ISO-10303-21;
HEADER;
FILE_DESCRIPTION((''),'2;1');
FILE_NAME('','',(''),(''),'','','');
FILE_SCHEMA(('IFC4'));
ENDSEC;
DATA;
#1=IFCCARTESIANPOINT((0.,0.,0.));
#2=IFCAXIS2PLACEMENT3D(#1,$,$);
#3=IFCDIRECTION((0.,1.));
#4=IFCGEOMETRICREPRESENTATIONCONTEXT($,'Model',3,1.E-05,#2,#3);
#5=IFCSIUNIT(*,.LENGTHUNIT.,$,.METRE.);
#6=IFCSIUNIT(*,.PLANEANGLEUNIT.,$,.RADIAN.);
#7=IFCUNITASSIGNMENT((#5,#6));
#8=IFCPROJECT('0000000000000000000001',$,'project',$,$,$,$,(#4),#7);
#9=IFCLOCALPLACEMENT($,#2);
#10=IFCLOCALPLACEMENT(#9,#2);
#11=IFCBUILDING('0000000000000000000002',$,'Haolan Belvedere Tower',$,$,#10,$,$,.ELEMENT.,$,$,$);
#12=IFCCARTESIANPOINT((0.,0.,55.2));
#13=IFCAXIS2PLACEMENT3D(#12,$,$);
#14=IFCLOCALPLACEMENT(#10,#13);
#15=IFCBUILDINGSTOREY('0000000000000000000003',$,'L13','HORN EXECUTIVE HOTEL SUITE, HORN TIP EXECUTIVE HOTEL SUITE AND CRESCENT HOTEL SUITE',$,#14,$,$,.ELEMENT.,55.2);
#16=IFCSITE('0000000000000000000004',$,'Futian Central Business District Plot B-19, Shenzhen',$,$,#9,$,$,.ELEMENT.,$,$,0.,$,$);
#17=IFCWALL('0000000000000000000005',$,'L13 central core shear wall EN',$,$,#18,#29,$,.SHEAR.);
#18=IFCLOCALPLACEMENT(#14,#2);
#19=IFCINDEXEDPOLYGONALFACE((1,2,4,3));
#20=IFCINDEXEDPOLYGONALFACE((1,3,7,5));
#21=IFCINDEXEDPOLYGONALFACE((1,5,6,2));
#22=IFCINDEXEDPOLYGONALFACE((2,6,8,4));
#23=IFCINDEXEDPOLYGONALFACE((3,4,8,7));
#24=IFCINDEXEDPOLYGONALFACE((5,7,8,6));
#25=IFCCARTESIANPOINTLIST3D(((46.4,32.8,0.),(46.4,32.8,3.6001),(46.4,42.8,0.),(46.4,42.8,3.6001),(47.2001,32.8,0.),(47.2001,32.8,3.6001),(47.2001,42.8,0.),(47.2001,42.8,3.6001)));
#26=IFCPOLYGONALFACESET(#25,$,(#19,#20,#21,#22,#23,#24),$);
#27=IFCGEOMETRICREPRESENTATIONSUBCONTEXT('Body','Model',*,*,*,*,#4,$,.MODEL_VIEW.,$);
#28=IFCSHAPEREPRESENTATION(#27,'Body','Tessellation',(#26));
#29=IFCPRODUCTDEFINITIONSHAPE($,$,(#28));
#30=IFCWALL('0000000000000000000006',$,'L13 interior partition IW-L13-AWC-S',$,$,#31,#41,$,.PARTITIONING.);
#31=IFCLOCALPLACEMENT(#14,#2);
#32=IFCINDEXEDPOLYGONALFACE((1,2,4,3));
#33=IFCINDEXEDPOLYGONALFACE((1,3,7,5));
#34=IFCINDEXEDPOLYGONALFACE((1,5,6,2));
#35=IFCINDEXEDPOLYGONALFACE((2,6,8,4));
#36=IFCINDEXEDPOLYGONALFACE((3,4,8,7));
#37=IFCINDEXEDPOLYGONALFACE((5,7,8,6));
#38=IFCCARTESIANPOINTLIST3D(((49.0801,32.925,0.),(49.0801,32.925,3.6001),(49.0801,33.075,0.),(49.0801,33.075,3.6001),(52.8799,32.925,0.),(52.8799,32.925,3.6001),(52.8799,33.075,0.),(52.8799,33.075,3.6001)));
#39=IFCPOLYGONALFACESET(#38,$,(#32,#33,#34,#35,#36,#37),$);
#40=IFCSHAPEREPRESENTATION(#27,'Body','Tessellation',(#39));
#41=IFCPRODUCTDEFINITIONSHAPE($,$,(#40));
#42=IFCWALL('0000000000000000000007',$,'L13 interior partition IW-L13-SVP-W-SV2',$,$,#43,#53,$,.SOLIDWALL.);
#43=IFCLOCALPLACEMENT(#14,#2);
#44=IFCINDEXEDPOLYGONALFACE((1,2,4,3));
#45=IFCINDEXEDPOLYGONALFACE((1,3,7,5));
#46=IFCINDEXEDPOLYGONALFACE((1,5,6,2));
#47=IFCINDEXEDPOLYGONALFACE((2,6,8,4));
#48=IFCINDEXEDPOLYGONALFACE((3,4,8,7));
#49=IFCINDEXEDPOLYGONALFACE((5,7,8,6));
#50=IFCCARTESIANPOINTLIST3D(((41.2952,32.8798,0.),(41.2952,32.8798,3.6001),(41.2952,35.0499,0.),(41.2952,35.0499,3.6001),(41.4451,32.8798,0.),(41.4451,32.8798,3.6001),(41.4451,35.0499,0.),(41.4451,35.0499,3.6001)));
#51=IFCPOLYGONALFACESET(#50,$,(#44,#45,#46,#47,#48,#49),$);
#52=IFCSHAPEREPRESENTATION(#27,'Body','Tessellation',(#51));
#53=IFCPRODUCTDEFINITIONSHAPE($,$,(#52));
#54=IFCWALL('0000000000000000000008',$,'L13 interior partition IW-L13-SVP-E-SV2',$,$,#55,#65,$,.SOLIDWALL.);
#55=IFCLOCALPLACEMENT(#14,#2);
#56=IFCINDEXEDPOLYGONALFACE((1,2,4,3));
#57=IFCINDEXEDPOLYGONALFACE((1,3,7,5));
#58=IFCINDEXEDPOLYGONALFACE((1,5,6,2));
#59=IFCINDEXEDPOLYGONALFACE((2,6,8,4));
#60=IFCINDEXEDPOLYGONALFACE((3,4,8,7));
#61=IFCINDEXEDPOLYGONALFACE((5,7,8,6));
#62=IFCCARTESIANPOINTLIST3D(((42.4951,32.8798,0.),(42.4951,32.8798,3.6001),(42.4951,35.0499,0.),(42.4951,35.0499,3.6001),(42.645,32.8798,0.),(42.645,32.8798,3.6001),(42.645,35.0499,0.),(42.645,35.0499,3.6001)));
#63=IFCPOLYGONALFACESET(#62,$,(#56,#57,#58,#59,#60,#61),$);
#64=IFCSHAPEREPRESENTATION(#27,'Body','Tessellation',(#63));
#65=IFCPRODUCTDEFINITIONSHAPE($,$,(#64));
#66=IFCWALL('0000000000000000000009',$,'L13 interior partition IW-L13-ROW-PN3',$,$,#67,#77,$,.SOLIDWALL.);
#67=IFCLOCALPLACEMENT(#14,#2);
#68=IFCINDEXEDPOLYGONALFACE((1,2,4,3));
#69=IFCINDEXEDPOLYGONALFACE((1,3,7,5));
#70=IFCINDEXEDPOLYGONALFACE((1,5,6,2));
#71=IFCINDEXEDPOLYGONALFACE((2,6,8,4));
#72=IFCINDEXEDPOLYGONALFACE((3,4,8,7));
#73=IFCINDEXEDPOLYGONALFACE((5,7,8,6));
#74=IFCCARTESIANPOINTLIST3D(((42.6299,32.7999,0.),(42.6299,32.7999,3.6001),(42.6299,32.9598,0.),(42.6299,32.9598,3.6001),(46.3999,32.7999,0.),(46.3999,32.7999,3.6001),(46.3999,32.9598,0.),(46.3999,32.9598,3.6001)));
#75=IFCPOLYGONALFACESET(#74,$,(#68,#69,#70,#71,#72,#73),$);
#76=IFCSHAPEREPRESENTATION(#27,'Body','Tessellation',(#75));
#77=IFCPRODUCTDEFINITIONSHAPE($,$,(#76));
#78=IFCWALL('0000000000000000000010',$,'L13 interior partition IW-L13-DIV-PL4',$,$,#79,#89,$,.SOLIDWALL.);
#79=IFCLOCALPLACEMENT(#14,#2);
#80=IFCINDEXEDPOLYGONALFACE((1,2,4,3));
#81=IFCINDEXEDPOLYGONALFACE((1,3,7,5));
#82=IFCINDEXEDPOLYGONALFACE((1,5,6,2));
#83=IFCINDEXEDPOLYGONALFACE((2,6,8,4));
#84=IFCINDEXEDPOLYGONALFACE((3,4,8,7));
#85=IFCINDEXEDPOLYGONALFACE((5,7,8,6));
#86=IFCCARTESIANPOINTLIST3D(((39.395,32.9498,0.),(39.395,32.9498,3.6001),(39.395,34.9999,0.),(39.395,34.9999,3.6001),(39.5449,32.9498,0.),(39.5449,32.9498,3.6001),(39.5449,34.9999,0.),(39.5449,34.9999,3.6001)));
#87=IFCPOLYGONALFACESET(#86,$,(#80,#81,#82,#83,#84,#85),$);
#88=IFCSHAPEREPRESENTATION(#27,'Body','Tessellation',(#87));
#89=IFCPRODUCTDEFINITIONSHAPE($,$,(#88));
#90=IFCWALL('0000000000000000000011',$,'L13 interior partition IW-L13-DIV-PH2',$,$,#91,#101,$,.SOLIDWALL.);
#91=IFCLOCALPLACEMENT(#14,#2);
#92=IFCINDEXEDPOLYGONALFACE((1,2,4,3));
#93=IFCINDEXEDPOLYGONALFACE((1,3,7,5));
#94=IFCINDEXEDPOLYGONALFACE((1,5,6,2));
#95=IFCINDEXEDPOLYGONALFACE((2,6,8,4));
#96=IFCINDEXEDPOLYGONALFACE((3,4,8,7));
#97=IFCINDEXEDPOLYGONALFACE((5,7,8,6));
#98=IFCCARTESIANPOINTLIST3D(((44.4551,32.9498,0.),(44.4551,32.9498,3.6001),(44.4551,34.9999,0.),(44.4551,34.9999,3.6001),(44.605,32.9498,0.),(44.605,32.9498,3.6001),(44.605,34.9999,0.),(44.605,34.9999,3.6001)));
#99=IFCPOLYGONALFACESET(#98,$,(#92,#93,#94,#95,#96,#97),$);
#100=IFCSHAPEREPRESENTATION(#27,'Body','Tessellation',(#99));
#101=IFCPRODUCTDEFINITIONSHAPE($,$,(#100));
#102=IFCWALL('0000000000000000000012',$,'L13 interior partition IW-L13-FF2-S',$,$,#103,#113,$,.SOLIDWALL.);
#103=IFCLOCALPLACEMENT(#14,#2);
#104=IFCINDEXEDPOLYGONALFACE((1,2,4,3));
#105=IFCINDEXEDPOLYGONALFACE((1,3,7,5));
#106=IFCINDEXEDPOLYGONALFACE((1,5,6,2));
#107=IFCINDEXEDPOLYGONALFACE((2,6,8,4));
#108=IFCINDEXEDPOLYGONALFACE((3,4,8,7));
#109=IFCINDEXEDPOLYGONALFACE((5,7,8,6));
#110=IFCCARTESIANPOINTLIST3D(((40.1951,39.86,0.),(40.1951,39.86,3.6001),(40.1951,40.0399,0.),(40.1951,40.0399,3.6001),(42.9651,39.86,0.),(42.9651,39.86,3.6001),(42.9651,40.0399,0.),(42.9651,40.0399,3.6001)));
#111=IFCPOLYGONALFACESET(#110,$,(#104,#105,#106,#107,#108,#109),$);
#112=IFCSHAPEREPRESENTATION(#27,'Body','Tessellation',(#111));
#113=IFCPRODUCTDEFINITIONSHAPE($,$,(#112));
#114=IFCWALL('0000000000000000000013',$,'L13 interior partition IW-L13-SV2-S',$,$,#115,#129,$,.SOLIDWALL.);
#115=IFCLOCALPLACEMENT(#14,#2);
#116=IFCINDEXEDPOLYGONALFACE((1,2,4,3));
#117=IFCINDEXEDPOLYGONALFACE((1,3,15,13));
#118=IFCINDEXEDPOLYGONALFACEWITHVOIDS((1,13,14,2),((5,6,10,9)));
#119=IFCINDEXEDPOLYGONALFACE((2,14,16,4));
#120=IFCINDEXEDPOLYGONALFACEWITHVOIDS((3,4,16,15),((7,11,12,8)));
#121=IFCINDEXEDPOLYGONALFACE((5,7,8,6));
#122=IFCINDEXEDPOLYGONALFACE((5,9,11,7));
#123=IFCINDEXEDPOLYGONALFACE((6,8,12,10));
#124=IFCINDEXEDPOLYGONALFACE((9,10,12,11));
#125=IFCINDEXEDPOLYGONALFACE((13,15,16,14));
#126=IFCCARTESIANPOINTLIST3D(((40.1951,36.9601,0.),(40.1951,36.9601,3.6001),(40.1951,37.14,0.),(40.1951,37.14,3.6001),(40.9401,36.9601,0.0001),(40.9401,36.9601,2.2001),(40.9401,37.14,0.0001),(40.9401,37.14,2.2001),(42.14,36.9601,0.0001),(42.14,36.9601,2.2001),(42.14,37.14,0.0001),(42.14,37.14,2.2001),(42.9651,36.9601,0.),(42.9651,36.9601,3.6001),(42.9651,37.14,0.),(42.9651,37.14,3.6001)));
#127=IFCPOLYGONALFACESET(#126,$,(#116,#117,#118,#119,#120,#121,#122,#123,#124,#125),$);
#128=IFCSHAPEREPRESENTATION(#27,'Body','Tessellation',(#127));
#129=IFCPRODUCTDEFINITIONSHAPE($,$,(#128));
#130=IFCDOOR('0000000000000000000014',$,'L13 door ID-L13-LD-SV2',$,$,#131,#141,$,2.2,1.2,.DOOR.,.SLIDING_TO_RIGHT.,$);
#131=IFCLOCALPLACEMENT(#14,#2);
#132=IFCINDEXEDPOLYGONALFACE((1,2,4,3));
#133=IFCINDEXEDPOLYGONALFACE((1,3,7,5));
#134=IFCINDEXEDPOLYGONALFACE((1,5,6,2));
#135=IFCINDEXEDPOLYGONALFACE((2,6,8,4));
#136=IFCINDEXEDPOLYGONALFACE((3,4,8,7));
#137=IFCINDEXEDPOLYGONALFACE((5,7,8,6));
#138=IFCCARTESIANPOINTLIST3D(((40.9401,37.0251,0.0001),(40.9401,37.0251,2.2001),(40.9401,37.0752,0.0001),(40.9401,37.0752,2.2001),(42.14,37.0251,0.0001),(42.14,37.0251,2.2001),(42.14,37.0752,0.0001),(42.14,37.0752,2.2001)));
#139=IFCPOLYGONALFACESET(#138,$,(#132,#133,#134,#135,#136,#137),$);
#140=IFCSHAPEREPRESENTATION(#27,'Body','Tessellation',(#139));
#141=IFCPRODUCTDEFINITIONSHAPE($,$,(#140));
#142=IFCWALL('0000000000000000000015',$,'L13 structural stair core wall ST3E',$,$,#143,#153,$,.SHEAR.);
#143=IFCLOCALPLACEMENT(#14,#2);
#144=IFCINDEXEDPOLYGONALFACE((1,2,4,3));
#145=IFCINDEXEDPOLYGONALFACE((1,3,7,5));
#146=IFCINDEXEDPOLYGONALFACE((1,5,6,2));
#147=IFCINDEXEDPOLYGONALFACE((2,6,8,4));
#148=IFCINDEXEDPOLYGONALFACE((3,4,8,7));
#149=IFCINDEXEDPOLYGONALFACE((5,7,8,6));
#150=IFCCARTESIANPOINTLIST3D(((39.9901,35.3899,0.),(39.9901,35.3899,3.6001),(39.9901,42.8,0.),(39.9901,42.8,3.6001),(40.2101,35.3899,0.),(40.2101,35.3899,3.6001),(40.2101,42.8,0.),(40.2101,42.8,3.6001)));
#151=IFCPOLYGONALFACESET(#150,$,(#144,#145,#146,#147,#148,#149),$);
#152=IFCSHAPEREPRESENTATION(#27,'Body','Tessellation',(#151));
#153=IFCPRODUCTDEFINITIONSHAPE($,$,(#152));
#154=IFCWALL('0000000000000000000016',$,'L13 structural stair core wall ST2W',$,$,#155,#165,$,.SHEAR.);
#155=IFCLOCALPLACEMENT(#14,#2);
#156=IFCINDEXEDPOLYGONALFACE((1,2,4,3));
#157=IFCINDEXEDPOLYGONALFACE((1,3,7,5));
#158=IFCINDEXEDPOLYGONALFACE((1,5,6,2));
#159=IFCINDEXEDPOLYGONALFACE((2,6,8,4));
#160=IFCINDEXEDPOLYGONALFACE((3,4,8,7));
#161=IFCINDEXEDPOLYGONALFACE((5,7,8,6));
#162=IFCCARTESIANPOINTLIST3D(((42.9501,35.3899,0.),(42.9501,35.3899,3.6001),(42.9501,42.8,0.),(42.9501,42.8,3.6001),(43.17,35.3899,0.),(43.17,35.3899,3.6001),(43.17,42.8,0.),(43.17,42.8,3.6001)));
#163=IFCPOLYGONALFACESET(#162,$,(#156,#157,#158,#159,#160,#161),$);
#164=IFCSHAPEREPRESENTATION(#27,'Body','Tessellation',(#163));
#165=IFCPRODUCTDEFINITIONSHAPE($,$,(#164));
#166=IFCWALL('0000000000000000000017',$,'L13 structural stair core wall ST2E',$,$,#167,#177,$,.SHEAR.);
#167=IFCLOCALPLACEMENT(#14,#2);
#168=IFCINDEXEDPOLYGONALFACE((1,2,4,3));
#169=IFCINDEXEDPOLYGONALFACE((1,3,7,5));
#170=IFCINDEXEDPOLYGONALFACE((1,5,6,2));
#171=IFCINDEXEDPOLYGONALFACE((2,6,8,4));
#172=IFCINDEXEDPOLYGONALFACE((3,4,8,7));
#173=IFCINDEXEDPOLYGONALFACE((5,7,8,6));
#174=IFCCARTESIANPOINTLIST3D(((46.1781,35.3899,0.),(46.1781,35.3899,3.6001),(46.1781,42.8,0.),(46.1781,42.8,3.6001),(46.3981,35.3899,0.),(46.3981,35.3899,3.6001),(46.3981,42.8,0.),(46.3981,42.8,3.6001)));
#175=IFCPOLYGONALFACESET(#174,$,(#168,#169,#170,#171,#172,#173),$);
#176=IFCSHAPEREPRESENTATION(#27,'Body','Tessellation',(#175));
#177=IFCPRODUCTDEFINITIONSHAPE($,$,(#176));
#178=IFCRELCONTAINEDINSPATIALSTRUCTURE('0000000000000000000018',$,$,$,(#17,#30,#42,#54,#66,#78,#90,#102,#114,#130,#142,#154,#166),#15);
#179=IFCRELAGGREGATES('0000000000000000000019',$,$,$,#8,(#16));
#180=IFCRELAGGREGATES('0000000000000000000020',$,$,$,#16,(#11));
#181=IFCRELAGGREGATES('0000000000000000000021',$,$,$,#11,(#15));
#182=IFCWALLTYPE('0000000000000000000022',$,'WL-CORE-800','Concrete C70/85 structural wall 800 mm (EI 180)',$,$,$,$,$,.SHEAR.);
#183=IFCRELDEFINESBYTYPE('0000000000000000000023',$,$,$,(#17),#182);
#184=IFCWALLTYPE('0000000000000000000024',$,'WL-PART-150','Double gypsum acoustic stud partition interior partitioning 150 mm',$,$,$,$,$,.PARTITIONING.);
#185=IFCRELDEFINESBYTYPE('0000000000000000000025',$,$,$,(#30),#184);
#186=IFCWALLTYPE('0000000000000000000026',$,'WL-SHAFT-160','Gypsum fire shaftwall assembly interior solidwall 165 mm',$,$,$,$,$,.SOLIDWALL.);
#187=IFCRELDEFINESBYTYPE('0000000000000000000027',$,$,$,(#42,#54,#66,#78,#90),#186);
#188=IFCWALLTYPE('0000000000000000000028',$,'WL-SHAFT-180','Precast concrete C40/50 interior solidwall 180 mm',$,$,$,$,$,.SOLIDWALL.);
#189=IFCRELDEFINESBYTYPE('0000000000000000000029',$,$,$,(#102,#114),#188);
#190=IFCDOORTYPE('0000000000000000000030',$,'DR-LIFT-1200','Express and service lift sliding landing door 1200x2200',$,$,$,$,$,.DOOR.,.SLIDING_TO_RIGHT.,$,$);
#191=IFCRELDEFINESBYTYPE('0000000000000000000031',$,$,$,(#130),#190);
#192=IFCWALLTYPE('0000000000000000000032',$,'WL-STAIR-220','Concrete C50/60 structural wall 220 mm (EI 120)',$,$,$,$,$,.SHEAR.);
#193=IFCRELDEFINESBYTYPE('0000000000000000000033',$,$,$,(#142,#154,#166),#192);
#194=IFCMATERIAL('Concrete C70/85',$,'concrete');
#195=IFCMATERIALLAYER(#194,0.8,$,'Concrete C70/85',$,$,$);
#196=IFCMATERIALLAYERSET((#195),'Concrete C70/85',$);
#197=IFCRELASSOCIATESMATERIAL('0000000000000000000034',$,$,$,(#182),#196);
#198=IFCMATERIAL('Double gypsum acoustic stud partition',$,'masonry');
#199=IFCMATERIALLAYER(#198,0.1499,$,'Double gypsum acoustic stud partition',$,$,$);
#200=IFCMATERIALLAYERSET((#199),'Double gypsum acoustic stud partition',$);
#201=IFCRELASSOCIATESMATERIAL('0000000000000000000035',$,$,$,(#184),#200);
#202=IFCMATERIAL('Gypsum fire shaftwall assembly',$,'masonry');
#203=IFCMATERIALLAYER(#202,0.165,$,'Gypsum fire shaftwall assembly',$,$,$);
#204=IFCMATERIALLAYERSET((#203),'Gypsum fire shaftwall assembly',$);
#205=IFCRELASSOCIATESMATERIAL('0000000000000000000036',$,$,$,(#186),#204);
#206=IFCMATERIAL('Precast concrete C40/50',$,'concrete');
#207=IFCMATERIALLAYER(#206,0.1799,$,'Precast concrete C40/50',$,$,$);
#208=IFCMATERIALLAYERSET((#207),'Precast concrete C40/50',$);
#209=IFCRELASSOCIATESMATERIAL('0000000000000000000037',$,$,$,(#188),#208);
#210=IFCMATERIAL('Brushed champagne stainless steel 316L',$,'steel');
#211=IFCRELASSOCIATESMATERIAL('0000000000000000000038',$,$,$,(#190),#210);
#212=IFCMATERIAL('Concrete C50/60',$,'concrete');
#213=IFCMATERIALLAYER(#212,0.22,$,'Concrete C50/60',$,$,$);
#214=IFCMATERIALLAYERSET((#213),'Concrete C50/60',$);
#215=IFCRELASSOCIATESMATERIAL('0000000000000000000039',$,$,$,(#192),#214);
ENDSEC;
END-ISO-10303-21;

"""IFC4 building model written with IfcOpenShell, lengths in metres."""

from ifc_helpers import new_model, si_unit, direction, frame, frame_2d, origin, place, context, subcontext, project, spatial, rectangle, extrude, material, layer, layer_set, type_object, element, fill, save


model = new_model("IFC4")

# Units and contexts
model_context = context("Model", 3, precision=1e-05, world=origin(), true_north=direction((0.0, 1.0)))
body_context = subcontext(model_context, "Body", "Model", "MODEL_VIEW")
ifc_project = project(units=[si_unit("LENGTHUNIT", "METRE"), si_unit("PLANEANGLEUNIT", "RADIAN")], contexts=[model_context])

# Site, building, storey
site_placement = place(None, origin())
site = spatial("IfcSite", under=ifc_project, at=site_placement, Name="Futian Central Business District Plot B-19, Shenzhen", CompositionType="ELEMENT", RefElevation=0.0)
building_placement = place(site_placement, origin())
building = spatial("IfcBuilding", under=site, at=building_placement, Name="Haolan Belvedere Tower", CompositionType="ELEMENT")
storey_placement = place(building_placement, frame((0.0, 0.0, 55.2)))
storey = spatial("IfcBuildingStorey", under=building, at=storey_placement, Name="L13", Description="HORN EXECUTIVE HOTEL SUITE, HORN TIP EXECUTIVE HOTEL SUITE AND CRESCENT HOTEL SUITE", CompositionType="ELEMENT", Elevation=55.2)

# Walls
ifc_material_1 = material(Name="Concrete C70/85", Category="concrete")
ifc_layer_1 = layer(ifc_material_1, 0.8, Name="Concrete C70/85")
ifc_layer_set_1 = layer_set([ifc_layer_1], Name="Concrete C70/85")
wall_type_1 = type_object("IfcWallType", Name="WL-CORE-800", Description="Concrete C70/85 structural wall 800 mm (EI 180)", PredefinedType="SHEAR", material=ifc_layer_set_1)
wall_1_placement = place(storey_placement, frame((46.8, 32.8, 0.0), z_axis=(0.0, 0.0, 1.0), x_axis=(0.0, 1.0, 0.0)))
element("IfcWall", 1, at=wall_1_placement, inside=storey, type_object=wall_type_1, Name="L13 central core shear wall EN", PredefinedType="SHEAR", context=body_context, shape_type="SweptSolid", body=[
    extrude(rectangle(XDim=10.0, YDim=0.8, at=frame_2d((5.0, 0.0))), origin(), (0.0, 0.0, 1.0), 3.6001),
])
ifc_material_2 = material(Name="Double gypsum acoustic stud partition", Category="masonry")
ifc_layer_2 = layer(ifc_material_2, 0.1499, Name="Double gypsum acoustic stud partition")
ifc_layer_set_2 = layer_set([ifc_layer_2], Name="Double gypsum acoustic stud partition")
wall_type_2 = type_object("IfcWallType", Name="WL-PART-150", Description="Double gypsum acoustic stud partition interior partitioning 150 mm", PredefinedType="PARTITIONING", material=ifc_layer_set_2)
wall_2_placement = place(storey_placement, frame((49.0801, 33.0, 0.0), z_axis=(0.0, 0.0, 1.0), x_axis=(1.0, 0.0, 0.0)))
element("IfcWall", 2, at=wall_2_placement, inside=storey, type_object=wall_type_2, Name="L13 interior partition IW-L13-AWC-S", PredefinedType="PARTITIONING", context=body_context, shape_type="SweptSolid", body=[
    extrude(rectangle(XDim=3.7998, YDim=0.1499, at=frame_2d((1.8999, 0.0))), origin(), (0.0, 0.0, 1.0), 3.6001),
])
ifc_material_3 = material(Name="Gypsum fire shaftwall assembly", Category="masonry")
ifc_layer_3 = layer(ifc_material_3, 0.165, Name="Gypsum fire shaftwall assembly")
ifc_layer_set_3 = layer_set([ifc_layer_3], Name="Gypsum fire shaftwall assembly")
wall_type_3 = type_object("IfcWallType", Name="WL-SHAFT-160", Description="Gypsum fire shaftwall assembly interior solidwall 165 mm", PredefinedType="SOLIDWALL", material=ifc_layer_set_3)
for number, where, z_axis, x_axis, name in (
    (3, (41.3701, 32.8799, 0.0), (0.0, 0.0, 1.0), (0.0, 1.0, 0.0), "L13 interior partition IW-L13-SVP-W-SV2"),
    (4, (42.5701, 32.8799, 0.0), (0.0, 0.0, 1.0), (0.0, 1.0, 0.0), "L13 interior partition IW-L13-SVP-E-SV2"),
):
    element("IfcWall", number, at=place(storey_placement, frame(where, z_axis=z_axis, x_axis=x_axis)), inside=storey, type_object=wall_type_3, Name=name, PredefinedType="SOLIDWALL", context=body_context, shape_type="SweptSolid", body=[
        extrude(rectangle(XDim=2.1702, YDim=0.1499, at=frame_2d((1.085, 0.0))), origin(), (0.0, 0.0, 1.0), 3.6001),
    ])
wall_3_placement = place(storey_placement, frame((42.6299, 32.8799, 0.0), z_axis=(0.0, 0.0, 1.0), x_axis=(1.0, 0.0, 0.0)))
element("IfcWall", 5, at=wall_3_placement, inside=storey, type_object=wall_type_3, Name="L13 interior partition IW-L13-ROW-PN3", PredefinedType="SOLIDWALL", context=body_context, shape_type="SweptSolid", body=[
    extrude(rectangle(XDim=3.77, YDim=0.1599, at=frame_2d((1.885, 0.0))), origin(), (0.0, 0.0, 1.0), 3.6001),
])
for number, where, z_axis, x_axis, name in (
    (6, (39.47, 32.95, 0.0), (0.0, 0.0, 1.0), (0.0, 1.0, 0.0), "L13 interior partition IW-L13-DIV-PL4"),
    (7, (44.53, 32.95, 0.0), (0.0, 0.0, 1.0), (0.0, 1.0, 0.0), "L13 interior partition IW-L13-DIV-PH2"),
):
    element("IfcWall", number, at=place(storey_placement, frame(where, z_axis=z_axis, x_axis=x_axis)), inside=storey, type_object=wall_type_3, Name=name, PredefinedType="SOLIDWALL", context=body_context, shape_type="SweptSolid", body=[
        extrude(rectangle(XDim=2.05, YDim=0.1499, at=frame_2d((1.0249, 0.0))), origin(), (0.0, 0.0, 1.0), 3.6001),
    ])
ifc_material_4 = material(Name="Precast concrete C40/50", Category="concrete")
ifc_layer_4 = layer(ifc_material_4, 0.1799, Name="Precast concrete C40/50")
ifc_layer_set_4 = layer_set([ifc_layer_4], Name="Precast concrete C40/50")
wall_type_4 = type_object("IfcWallType", Name="WL-SHAFT-180", Description="Precast concrete C40/50 interior solidwall 180 mm", PredefinedType="SOLIDWALL", material=ifc_layer_set_4)
wall_4_placement = place(storey_placement, frame((40.1951, 39.95, 0.0), z_axis=(0.0, 0.0, 1.0), x_axis=(1.0, 0.0, 0.0)))
element("IfcWall", 8, at=wall_4_placement, inside=storey, type_object=wall_type_4, Name="L13 interior partition IW-L13-FF2-S", PredefinedType="SOLIDWALL", context=body_context, shape_type="SweptSolid", body=[
    extrude(rectangle(XDim=2.77, YDim=0.1799, at=frame_2d((1.385, 0.0))), origin(), (0.0, 0.0, 1.0), 3.6001),
])

# Wall, opening, door
wall_5_placement = place(storey_placement, frame((40.1951, 37.05, 0.0), z_axis=(0.0, 0.0, 1.0), x_axis=(1.0, 0.0, 0.0)))
wall_5 = element("IfcWall", 9, at=wall_5_placement, inside=storey, type_object=wall_type_4, Name="L13 interior partition IW-L13-SV2-S", PredefinedType="SOLIDWALL", context=body_context, shape_type="SweptSolid", body=[
    extrude(rectangle(XDim=2.77, YDim=0.1799, at=frame_2d((1.385, 0.0))), origin(), (0.0, 0.0, 1.0), 3.6001),
])
opening_placement = place(wall_5_placement, frame((1.9451, 0.0, 0.0), z_axis=(0.0, 0.0, 1.0), x_axis=(-1.0, 0.0, 0.0)))
opening = element("IfcOpeningElement", 10, at=opening_placement, cuts=wall_5, PredefinedType="OPENING", context=body_context, shape_type="SweptSolid", body=[
    extrude(rectangle(XDim=1.2, YDim=2.2, at=frame_2d((0.6001, 1.1001))), frame((0.0, 0.0999, 0.0), z_axis=(0.0, -1.0, 0.0), x_axis=(1.0, 0.0, 0.0)), (0.0, 0.0, 1.0), 0.2),
])
ifc_material_5 = material(Name="Brushed champagne stainless steel 316L", Category="steel")
door_type = type_object("IfcDoorType", Name="DR-LIFT-1200", Description="Express and service lift sliding landing door 1200x2200", OperationType="SLIDING_TO_RIGHT", PredefinedType="DOOR", material=ifc_material_5)
door_placement = place(opening_placement, origin())
door = element("IfcDoor", 11, at=door_placement, inside=storey, type_object=door_type, Name="L13 door ID-L13-LD-SV2", OperationType="SLIDING_TO_RIGHT", OverallHeight=2.2, OverallWidth=1.2, PredefinedType="DOOR", context=body_context, shape_type="SweptSolid", body=[
    extrude(rectangle(XDim=1.2, YDim=2.2, at=frame_2d((0.6001, 1.1001))), frame((0.0, 0.0249, 0.0), z_axis=(0.0, -1.0, 0.0), x_axis=(1.0, 0.0, 0.0)), (0.0, 0.0, 1.0), 0.05),
])
fill(opening, door)

# Walls
ifc_material_6 = material(Name="Concrete C50/60", Category="concrete")
ifc_layer_5 = layer(ifc_material_6, 0.22, Name="Concrete C50/60")
ifc_layer_set_5 = layer_set([ifc_layer_5], Name="Concrete C50/60")
wall_type_5 = type_object("IfcWallType", Name="WL-STAIR-220", Description="Concrete C50/60 structural wall 220 mm (EI 120)", PredefinedType="SHEAR", material=ifc_layer_set_5)
for number, where, z_axis, x_axis, name in (
    (12, (40.1001, 35.3899, 0.0), (0.0, 0.0, 1.0), (0.0, 1.0, 0.0), "L13 structural stair core wall ST3E"),
    (13, (43.0601, 35.3899, 0.0), (0.0, 0.0, 1.0), (0.0, 1.0, 0.0), "L13 structural stair core wall ST2W"),
    (14, (46.2881, 35.3899, 0.0), (0.0, 0.0, 1.0), (0.0, 1.0, 0.0), "L13 structural stair core wall ST2E"),
):
    element("IfcWall", number, at=place(storey_placement, frame(where, z_axis=z_axis, x_axis=x_axis)), inside=storey, type_object=wall_type_5, Name=name, PredefinedType="SHEAR", context=body_context, shape_type="SweptSolid", body=[
        extrude(rectangle(XDim=7.4102, YDim=0.22, at=frame_2d((3.7051, 0.0))), origin(), (0.0, 0.0, 1.0), 3.6001),
    ])

save(model, "model.ifc")
